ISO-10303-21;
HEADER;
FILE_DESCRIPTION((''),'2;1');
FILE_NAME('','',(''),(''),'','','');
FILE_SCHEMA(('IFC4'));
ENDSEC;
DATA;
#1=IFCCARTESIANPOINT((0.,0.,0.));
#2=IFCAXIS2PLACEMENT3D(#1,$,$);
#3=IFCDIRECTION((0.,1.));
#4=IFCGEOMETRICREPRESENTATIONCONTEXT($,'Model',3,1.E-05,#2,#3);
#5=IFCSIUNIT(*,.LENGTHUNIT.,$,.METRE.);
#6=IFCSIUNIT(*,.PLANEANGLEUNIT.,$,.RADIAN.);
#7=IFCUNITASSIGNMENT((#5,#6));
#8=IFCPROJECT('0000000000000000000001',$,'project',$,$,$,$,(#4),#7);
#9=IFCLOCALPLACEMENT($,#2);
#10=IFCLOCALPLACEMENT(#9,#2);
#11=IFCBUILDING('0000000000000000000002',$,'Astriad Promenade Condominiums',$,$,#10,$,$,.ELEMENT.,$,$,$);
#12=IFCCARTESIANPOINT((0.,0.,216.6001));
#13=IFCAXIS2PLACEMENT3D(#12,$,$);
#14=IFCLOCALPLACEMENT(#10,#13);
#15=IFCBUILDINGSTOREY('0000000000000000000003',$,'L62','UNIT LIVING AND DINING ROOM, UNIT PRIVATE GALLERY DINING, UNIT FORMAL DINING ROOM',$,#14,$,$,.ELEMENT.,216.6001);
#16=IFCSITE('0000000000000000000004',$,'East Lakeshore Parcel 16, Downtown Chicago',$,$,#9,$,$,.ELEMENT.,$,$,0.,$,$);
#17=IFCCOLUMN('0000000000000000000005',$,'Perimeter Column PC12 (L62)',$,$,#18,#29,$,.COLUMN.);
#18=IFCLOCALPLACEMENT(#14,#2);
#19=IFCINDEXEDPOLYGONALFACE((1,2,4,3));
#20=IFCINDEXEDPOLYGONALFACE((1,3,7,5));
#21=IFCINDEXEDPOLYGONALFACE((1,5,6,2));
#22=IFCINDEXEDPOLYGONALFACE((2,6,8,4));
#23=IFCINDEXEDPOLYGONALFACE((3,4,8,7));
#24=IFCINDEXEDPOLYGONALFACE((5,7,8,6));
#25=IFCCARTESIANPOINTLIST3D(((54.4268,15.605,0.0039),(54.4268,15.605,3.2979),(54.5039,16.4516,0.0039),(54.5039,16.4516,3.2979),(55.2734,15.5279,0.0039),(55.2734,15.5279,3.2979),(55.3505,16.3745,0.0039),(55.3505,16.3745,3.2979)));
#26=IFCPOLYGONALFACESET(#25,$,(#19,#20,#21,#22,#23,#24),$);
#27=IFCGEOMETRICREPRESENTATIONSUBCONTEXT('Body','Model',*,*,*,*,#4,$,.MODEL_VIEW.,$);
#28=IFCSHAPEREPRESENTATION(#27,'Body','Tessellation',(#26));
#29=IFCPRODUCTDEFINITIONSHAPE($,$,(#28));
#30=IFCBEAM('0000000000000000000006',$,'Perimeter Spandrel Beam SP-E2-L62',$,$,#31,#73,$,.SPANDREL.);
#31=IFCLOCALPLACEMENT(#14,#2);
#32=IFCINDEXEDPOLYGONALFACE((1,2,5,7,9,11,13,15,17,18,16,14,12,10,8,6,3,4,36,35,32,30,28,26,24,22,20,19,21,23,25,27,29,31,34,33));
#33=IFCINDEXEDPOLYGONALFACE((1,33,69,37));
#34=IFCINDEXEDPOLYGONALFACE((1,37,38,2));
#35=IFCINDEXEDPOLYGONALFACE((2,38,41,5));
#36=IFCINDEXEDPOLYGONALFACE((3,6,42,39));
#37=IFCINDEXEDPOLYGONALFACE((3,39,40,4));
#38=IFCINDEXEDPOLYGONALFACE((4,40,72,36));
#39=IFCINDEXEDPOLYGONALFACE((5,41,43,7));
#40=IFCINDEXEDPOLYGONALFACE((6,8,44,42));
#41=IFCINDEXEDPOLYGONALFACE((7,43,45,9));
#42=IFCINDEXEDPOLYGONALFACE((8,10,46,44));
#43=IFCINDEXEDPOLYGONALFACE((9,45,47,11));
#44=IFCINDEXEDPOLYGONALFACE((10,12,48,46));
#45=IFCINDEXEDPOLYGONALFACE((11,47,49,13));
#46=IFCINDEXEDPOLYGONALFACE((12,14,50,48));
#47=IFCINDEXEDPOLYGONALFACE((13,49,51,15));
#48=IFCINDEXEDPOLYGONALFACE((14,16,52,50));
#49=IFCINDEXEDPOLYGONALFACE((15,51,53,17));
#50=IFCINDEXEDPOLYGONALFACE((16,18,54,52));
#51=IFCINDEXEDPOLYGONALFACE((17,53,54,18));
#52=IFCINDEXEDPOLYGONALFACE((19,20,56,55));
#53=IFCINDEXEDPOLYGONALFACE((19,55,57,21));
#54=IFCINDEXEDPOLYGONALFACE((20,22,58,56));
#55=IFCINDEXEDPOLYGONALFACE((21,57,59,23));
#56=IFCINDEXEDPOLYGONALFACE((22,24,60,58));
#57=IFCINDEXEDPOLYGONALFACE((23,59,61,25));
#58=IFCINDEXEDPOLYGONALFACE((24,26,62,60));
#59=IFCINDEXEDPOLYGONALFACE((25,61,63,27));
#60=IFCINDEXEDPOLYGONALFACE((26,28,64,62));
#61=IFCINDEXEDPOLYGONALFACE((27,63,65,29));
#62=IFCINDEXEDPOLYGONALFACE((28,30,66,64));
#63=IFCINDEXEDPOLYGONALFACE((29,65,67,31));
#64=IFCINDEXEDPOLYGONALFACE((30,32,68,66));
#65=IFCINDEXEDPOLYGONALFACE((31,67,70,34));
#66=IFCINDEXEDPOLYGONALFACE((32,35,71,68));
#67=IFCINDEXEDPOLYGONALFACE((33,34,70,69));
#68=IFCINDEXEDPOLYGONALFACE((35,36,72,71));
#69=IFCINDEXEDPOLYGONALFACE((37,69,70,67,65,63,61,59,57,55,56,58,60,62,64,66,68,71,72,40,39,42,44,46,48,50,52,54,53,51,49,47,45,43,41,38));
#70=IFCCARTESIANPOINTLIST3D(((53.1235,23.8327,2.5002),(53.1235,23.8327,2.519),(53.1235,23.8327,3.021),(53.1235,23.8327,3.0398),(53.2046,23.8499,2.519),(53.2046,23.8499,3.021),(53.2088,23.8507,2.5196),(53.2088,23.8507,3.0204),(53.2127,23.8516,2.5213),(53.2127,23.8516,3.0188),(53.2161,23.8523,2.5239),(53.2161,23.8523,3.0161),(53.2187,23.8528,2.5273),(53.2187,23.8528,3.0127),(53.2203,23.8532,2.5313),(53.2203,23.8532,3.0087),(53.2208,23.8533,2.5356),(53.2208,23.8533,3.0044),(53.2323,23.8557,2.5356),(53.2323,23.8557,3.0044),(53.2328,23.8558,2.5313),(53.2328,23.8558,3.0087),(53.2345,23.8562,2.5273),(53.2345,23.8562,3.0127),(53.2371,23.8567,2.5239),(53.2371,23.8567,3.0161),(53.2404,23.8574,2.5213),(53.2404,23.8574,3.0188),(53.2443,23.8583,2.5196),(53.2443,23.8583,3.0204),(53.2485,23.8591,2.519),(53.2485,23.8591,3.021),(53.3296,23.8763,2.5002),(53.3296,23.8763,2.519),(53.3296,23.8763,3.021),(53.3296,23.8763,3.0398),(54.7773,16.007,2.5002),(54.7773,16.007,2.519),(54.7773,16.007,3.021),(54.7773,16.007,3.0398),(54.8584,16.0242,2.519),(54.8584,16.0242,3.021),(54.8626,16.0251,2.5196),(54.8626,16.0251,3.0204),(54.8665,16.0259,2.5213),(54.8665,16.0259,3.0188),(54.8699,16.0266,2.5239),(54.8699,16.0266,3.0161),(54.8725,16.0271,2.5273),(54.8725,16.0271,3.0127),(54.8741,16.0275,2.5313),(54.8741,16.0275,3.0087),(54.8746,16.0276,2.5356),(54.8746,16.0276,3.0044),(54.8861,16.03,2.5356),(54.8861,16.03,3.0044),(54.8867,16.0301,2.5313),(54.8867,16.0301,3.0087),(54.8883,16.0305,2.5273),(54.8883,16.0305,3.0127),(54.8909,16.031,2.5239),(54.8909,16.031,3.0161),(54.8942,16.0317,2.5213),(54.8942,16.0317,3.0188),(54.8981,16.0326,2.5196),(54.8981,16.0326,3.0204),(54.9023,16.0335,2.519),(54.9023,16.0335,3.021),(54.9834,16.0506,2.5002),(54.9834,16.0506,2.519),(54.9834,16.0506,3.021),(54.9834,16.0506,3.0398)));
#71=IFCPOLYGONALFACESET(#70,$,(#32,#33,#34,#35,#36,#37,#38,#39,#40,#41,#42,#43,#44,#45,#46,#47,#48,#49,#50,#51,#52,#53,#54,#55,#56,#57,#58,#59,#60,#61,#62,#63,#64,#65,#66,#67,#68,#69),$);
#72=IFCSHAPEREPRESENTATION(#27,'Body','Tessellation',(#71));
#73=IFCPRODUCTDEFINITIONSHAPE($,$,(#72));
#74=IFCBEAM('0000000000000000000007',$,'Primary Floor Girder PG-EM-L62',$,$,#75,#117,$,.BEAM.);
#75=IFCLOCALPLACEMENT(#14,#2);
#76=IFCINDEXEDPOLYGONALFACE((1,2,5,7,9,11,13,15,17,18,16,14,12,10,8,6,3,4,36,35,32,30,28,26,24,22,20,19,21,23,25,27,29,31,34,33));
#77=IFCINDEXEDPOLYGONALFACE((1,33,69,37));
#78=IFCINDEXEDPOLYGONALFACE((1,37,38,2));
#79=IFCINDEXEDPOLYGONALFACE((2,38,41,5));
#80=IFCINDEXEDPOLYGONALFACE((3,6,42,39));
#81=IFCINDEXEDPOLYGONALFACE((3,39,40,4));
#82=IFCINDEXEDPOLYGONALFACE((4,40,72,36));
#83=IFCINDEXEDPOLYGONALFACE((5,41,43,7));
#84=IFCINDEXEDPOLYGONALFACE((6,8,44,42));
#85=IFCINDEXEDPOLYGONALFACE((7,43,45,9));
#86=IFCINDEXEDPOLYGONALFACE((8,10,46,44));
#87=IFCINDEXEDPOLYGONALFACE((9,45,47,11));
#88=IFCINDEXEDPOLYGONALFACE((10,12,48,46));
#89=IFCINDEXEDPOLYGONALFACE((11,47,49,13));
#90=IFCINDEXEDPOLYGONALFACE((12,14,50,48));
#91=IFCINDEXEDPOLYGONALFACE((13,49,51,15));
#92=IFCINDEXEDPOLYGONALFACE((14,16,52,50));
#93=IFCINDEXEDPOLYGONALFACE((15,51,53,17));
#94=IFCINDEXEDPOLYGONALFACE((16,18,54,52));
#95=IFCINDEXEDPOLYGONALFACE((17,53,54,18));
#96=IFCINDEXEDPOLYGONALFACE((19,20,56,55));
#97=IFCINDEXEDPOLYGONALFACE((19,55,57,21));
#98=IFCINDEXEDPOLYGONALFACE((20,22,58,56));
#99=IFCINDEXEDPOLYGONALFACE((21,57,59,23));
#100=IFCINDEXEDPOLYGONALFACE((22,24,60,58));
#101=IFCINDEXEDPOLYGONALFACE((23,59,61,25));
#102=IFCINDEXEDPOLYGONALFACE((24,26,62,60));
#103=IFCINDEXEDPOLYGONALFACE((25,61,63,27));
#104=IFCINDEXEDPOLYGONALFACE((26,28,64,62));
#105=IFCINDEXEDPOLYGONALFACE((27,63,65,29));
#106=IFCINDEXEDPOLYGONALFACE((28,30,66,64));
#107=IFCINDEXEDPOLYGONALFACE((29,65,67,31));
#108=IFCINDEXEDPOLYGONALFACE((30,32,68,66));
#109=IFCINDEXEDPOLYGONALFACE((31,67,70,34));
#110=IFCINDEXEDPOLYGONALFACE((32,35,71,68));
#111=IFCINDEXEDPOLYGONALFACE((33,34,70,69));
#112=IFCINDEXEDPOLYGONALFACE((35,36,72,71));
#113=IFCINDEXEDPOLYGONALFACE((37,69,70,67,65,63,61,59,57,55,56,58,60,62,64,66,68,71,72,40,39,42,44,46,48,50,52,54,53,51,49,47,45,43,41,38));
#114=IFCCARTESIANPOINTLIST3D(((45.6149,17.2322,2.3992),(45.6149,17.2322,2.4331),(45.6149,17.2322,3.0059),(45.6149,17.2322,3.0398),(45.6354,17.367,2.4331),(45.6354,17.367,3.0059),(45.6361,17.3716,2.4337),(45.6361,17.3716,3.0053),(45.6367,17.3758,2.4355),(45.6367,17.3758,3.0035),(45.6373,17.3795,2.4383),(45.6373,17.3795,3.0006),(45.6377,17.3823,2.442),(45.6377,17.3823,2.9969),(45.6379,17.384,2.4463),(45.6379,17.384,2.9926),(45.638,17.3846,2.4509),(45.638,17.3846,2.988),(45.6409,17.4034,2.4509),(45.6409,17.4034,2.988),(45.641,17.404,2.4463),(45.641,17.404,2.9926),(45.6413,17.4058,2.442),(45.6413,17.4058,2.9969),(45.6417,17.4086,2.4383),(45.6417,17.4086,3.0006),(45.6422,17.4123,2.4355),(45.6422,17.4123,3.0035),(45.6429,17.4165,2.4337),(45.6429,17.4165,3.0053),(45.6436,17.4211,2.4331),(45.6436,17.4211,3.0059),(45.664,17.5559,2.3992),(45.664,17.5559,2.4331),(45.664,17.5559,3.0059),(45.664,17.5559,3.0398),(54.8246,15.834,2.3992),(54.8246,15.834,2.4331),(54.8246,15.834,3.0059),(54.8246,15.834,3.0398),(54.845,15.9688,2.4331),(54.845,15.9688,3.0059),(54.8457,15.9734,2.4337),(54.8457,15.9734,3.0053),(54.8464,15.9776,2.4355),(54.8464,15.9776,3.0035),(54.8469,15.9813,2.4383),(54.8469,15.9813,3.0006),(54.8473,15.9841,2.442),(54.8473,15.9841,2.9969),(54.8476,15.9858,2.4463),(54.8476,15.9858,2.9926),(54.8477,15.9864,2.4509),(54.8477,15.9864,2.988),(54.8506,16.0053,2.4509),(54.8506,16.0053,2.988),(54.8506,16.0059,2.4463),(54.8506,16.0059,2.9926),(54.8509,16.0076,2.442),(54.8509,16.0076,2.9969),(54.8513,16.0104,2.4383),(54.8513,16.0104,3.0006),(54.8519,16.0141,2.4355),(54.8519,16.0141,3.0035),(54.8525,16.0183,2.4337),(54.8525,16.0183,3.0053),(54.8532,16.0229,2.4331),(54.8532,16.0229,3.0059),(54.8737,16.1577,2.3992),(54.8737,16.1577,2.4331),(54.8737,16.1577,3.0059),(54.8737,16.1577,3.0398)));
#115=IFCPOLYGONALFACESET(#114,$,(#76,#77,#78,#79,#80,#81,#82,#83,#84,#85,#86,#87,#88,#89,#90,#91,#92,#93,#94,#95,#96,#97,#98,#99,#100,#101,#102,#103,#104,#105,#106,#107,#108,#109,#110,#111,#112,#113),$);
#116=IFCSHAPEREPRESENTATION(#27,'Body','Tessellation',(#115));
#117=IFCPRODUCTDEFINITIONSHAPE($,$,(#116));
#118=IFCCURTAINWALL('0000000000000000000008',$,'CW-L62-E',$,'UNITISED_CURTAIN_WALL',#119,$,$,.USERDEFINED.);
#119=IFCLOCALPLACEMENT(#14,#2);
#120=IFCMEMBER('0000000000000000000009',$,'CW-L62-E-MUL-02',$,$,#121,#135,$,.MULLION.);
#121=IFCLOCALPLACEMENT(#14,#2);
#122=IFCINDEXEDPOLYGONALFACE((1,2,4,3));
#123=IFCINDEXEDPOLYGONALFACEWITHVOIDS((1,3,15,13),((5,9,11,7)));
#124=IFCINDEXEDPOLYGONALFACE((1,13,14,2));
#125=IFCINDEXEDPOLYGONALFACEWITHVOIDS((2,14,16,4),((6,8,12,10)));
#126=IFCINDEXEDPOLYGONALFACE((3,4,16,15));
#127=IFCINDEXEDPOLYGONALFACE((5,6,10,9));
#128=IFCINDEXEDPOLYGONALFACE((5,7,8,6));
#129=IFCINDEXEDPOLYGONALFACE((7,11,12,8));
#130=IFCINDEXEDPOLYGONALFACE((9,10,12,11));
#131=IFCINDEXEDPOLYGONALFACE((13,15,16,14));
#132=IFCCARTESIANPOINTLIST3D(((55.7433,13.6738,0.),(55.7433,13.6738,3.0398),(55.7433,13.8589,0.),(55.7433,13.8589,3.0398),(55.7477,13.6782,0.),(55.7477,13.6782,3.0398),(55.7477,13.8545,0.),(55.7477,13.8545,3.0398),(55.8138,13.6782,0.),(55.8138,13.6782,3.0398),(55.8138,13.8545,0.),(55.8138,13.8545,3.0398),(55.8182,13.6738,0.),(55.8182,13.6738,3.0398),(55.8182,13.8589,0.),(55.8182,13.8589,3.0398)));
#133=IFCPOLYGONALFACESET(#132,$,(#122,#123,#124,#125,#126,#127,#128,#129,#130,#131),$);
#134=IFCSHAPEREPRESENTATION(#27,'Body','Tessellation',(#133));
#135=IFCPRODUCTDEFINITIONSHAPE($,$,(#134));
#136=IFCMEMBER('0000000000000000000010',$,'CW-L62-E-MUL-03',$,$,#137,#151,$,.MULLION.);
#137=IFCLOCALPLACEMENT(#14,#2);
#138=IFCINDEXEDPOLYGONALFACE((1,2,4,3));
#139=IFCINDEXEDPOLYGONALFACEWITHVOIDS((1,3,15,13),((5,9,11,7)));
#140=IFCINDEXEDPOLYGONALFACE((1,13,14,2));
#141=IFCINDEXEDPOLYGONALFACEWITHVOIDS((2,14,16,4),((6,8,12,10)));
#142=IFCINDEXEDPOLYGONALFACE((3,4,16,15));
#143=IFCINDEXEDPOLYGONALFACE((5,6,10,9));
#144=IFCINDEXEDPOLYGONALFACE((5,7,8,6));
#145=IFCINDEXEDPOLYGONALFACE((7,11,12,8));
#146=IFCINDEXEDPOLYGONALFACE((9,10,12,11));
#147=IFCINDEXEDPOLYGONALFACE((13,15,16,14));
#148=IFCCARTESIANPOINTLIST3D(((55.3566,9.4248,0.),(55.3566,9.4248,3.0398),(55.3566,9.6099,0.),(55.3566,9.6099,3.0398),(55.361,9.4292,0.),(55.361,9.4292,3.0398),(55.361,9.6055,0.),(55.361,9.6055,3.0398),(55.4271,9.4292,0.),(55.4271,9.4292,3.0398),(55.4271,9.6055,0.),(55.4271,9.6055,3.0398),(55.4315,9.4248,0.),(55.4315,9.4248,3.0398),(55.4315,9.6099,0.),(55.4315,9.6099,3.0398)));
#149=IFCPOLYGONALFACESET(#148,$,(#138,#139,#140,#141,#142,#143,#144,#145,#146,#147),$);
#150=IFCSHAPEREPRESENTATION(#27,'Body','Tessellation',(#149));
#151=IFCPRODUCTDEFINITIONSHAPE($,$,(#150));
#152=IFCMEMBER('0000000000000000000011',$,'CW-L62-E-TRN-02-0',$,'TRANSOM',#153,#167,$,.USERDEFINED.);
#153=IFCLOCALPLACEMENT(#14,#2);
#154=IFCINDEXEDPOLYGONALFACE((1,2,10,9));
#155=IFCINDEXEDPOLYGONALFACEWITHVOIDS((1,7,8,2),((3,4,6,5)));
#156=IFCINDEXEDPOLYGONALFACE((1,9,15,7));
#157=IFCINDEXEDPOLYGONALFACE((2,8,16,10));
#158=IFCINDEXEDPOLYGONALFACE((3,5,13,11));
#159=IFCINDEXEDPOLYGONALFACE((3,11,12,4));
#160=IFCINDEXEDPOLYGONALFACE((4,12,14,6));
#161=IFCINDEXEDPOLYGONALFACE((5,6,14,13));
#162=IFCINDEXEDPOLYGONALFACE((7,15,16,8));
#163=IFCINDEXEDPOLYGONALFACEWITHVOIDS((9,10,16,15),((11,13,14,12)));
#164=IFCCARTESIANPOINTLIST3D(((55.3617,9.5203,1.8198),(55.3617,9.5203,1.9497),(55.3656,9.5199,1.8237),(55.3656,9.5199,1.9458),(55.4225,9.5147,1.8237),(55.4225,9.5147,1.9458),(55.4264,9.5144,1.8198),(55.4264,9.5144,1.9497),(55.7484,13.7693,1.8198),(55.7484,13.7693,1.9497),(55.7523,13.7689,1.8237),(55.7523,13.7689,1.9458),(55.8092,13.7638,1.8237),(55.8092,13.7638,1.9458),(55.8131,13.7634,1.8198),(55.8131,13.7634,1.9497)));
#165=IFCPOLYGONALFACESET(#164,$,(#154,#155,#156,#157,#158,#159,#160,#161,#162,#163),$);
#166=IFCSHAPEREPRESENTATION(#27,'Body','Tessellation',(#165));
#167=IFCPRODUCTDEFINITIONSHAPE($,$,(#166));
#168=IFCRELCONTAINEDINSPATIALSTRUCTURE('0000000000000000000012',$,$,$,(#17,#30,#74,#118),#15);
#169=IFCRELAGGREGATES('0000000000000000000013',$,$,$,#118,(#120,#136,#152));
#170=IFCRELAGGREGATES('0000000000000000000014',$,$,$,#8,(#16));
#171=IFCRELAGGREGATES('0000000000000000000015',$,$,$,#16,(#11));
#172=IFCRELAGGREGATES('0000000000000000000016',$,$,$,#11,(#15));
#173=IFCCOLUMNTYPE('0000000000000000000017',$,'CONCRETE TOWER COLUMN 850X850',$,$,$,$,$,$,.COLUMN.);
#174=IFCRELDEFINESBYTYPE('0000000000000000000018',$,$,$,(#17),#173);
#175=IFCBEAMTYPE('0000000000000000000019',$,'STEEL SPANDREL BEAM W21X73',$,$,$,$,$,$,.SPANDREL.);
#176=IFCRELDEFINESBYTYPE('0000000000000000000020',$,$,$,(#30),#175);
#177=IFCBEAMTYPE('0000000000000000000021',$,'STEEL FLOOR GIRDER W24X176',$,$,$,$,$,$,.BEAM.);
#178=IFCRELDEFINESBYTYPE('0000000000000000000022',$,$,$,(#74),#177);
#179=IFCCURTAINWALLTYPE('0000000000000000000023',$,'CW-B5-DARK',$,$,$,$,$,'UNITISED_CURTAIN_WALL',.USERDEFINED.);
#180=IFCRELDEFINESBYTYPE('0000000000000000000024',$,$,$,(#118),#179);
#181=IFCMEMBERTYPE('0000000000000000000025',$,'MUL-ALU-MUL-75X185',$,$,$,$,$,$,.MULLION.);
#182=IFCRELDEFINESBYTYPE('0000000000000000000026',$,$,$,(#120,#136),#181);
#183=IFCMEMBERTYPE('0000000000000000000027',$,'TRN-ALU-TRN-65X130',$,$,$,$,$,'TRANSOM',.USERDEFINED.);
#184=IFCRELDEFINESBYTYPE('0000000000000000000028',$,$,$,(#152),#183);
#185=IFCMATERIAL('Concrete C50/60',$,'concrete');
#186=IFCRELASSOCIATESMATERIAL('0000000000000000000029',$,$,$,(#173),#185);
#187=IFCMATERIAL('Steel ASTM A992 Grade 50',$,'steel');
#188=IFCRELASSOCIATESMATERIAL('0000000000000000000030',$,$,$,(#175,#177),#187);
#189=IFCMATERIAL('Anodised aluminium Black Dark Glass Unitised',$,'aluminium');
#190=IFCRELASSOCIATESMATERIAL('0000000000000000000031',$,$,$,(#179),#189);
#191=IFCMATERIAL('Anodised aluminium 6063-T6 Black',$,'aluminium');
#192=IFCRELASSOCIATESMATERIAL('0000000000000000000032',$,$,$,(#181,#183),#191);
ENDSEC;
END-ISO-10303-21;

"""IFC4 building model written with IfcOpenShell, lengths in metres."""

from ifc_helpers import new_model, si_unit, direction, frame, origin, origin_2d, place, context, subcontext, project, spatial, rectangle, hollow_rectangle, i_section, extrude, source, transform, mapped, material, material_profile, profile_set, type_object, type_shapes, element, aggregate, save


model = new_model("IFC4")

# Units and contexts
model_context = context("Model", 3, precision=1e-05, world=origin(), true_north=direction((0.0, 1.0)))
body_context = subcontext(model_context, "Body", "Model", "MODEL_VIEW")
ifc_project = project(units=[si_unit("LENGTHUNIT", "METRE"), si_unit("PLANEANGLEUNIT", "RADIAN")], contexts=[model_context])

# Site, building, storey
site_placement = place(None, origin())
site = spatial("IfcSite", under=ifc_project, at=site_placement, Name="East Lakeshore Parcel 16, Downtown Chicago", CompositionType="ELEMENT", RefElevation=0.0)
building_placement = place(site_placement, origin())
building = spatial("IfcBuilding", under=site, at=building_placement, Name="Astriad Promenade Condominiums", CompositionType="ELEMENT")
storey_placement = place(building_placement, frame((0.0, 0.0, 216.6001)))
storey = spatial("IfcBuildingStorey", under=building, at=storey_placement, Name="L62", Description="UNIT LIVING AND DINING ROOM, UNIT PRIVATE GALLERY DINING, UNIT FORMAL DINING ROOM", CompositionType="ELEMENT", Elevation=216.6001)

# Column
ifc_material_1 = material(Name="Concrete C50/60", Category="concrete")
ifc_material_profile_1 = material_profile(ifc_material_1, rectangle(XDim=0.8501, YDim=0.8501, at=origin_2d()), Name="RC-COL-850X850")
ifc_profile_set_1 = profile_set([ifc_material_profile_1], Name="Concrete C50/60")
column_type = type_object("IfcColumnType", Name="CONCRETE TOWER COLUMN 850X850", PredefinedType="COLUMN", material=ifc_profile_set_1)
shared_shape_1 = source(origin(), body_context, "Body", "SweptSolid", [
    extrude(rectangle(XDim=0.8501, YDim=0.8501, at=origin_2d()), origin(), (0.0, 0.0, 1.0), 3.2939),
])
type_shapes(column_type, [shared_shape_1])
column_placement = place(storey_placement, frame((54.8887, 15.9897, 0.0039), z_axis=(0.0, 0.0, 1.0), x_axis=(0.995884, -0.090633, 0.0)))
element("IfcColumn", 1, at=column_placement, inside=storey, type_object=column_type, Name="Perimeter Column PC12 (L62)", PredefinedType="COLUMN", context=body_context, shape_type="MappedRepresentation", body=[
    mapped(shared_shape_1, transform((0.0, 0.0, 0.0), scale=1.0)),
])

# Beams
ifc_material_2 = material(Name="Steel ASTM A992 Grade 50", Category="steel")
ifc_material_profile_2 = material_profile(ifc_material_2, i_section(OverallWidth=0.2107, OverallDepth=0.5396, WebThickness=0.0117, FlangeThickness=0.0188, FilletRadius=0.0166, at=origin_2d()), Name="W21X73")
ifc_profile_set_2 = profile_set([ifc_material_profile_2], Name="Steel ASTM A992 Grade 50")
beam_type_1 = type_object("IfcBeamType", Name="STEEL SPANDREL BEAM W21X73", PredefinedType="SPANDREL", material=ifc_profile_set_2)
shared_shape_2 = source(origin(), body_context, "Body", "SweptSolid", [
    extrude(i_section(OverallWidth=0.2107, OverallDepth=0.5396, WebThickness=0.0117, FlangeThickness=0.0188, FilletRadius=0.0166, at=origin_2d()), origin(), (0.0, 0.0, 1.0), 7.9985),
])
type_shapes(beam_type_1, [shared_shape_2])
beam_1_placement = place(storey_placement, frame((54.8804, 16.0288, 2.77), z_axis=(-0.206764, 0.978391, 0.0), x_axis=(-0.978391, -0.206764, 0.0)))
element("IfcBeam", 2, at=beam_1_placement, inside=storey, type_object=beam_type_1, Name="Perimeter Spandrel Beam SP-E2-L62", PredefinedType="SPANDREL", context=body_context, shape_type="MappedRepresentation", body=[
    mapped(shared_shape_2, transform((0.0, 0.0, 0.0), scale=1.0)),
])
ifc_material_profile_3 = material_profile(ifc_material_2, i_section(OverallWidth=0.3274, OverallDepth=0.6406, WebThickness=0.019, FlangeThickness=0.0339, FilletRadius=0.0178, at=origin_2d()), Name="W24X176")
ifc_profile_set_3 = profile_set([ifc_material_profile_3], Name="Steel ASTM A992 Grade 50")
beam_type_2 = type_object("IfcBeamType", Name="STEEL FLOOR GIRDER W24X176", PredefinedType="BEAM", material=ifc_profile_set_3)
shared_shape_3 = source(origin(), body_context, "Body", "SweptSolid", [
    extrude(i_section(OverallWidth=0.3274, OverallDepth=0.6406, WebThickness=0.019, FlangeThickness=0.0339, FilletRadius=0.0178, at=origin_2d()), origin(), (0.0, 0.0, 1.0), 9.3152),
])
type_shapes(beam_type_2, [shared_shape_3])
beam_2_placement = place(storey_placement, frame((54.8491, 15.9958, 2.7195), z_axis=(-0.988671, 0.150097, 0.0), x_axis=(-0.150097, -0.988671, 0.0)))
element("IfcBeam", 3, at=beam_2_placement, inside=storey, type_object=beam_type_2, Name="Primary Floor Girder PG-EM-L62", PredefinedType="BEAM", context=body_context, shape_type="MappedRepresentation", body=[
    mapped(shared_shape_3, transform((0.0, 0.0, 0.0), scale=1.0)),
])

# Curtain wall, members
ifc_material_3 = material(Name="Anodised aluminium Black Dark Glass Unitised", Category="aluminium")
curtain_wall_type = type_object("IfcCurtainWallType", Name="CW-B5-DARK", ElementType="UNITISED_CURTAIN_WALL", PredefinedType="USERDEFINED", material=ifc_material_3)
curtain_wall_placement = place(storey_placement, origin())
curtain_wall = element("IfcCurtainWall", 4, at=curtain_wall_placement, inside=storey, type_object=curtain_wall_type, Name="CW-L62-E", ObjectType="UNITISED_CURTAIN_WALL", PredefinedType="USERDEFINED")
ifc_material_4 = material(Name="Anodised aluminium 6063-T6 Black", Category="aluminium")
ifc_material_profile_4 = material_profile(ifc_material_4, hollow_rectangle(XDim=0.075, YDim=0.1851, WallThickness=0.0044, at=origin_2d()), Name="ALU-MUL-75X185")
ifc_profile_set_4 = profile_set([ifc_material_profile_4], Name="Anodised aluminium 6063-T6 Black")
member_type_1 = type_object("IfcMemberType", Name="MUL-ALU-MUL-75X185", PredefinedType="MULLION", material=ifc_profile_set_4)
shared_shape_4 = source(origin(), body_context, "Body", "SweptSolid", [
    extrude(hollow_rectangle(XDim=0.075, YDim=0.1851, WallThickness=0.0044, at=origin_2d()), origin(), (0.0, 0.0, 1.0), 3.0398),
])
type_shapes(member_type_1, [shared_shape_4])
member_1_placement = place(storey_placement, frame((55.7808, 13.7664, 0.0), z_axis=(0.0, 0.0, 1.0), x_axis=(1.0, 0.0, 0.0)))
member_1 = element("IfcMember", 5, at=member_1_placement, type_object=member_type_1, Name="CW-L62-E-MUL-02", PredefinedType="MULLION", context=body_context, shape_type="MappedRepresentation", body=[
    mapped(shared_shape_4, transform((0.0, 0.0, 0.0), scale=1.0)),
])
member_2_placement = place(storey_placement, frame((55.394, 9.5173, 0.0), z_axis=(0.0, 0.0, 1.0), x_axis=(1.0, 0.0, 0.0)))
member_2 = element("IfcMember", 6, at=member_2_placement, type_object=member_type_1, Name="CW-L62-E-MUL-03", PredefinedType="MULLION", context=body_context, shape_type="MappedRepresentation", body=[
    mapped(shared_shape_4, transform((0.0, 0.0, 0.0), scale=1.0)),
])
ifc_material_profile_5 = material_profile(ifc_material_4, hollow_rectangle(XDim=0.0649, YDim=0.1299, WallThickness=0.0039, at=origin_2d()), Name="ALU-TRN-65X130")
ifc_profile_set_5 = profile_set([ifc_material_profile_5], Name="Anodised aluminium 6063-T6 Black")
member_type_2 = type_object("IfcMemberType", Name="TRN-ALU-TRN-65X130", ElementType="TRANSOM", PredefinedType="USERDEFINED", material=ifc_profile_set_5)
shared_shape_5 = source(origin(), body_context, "Body", "SweptSolid", [
    extrude(hollow_rectangle(XDim=0.0649, YDim=0.1299, WallThickness=0.0039, at=origin_2d()), origin(), (0.0, 0.0, 1.0), 4.2666),
])
type_shapes(member_type_2, [shared_shape_5])
member_3_placement = place(storey_placement, frame((55.7808, 13.7664, 1.8848), z_axis=(-0.090639, -0.995884, 0.0), x_axis=(0.995884, -0.090639, 0.0)))
member_3 = element("IfcMember", 7, at=member_3_placement, type_object=member_type_2, Name="CW-L62-E-TRN-02-0", ObjectType="TRANSOM", PredefinedType="USERDEFINED", context=body_context, shape_type="MappedRepresentation", body=[
    mapped(shared_shape_5, transform((0.0, 0.0, 0.0), scale=1.0)),
])
aggregate(curtain_wall, [member_1, member_2, member_3])

save(model, "model.ifc")
